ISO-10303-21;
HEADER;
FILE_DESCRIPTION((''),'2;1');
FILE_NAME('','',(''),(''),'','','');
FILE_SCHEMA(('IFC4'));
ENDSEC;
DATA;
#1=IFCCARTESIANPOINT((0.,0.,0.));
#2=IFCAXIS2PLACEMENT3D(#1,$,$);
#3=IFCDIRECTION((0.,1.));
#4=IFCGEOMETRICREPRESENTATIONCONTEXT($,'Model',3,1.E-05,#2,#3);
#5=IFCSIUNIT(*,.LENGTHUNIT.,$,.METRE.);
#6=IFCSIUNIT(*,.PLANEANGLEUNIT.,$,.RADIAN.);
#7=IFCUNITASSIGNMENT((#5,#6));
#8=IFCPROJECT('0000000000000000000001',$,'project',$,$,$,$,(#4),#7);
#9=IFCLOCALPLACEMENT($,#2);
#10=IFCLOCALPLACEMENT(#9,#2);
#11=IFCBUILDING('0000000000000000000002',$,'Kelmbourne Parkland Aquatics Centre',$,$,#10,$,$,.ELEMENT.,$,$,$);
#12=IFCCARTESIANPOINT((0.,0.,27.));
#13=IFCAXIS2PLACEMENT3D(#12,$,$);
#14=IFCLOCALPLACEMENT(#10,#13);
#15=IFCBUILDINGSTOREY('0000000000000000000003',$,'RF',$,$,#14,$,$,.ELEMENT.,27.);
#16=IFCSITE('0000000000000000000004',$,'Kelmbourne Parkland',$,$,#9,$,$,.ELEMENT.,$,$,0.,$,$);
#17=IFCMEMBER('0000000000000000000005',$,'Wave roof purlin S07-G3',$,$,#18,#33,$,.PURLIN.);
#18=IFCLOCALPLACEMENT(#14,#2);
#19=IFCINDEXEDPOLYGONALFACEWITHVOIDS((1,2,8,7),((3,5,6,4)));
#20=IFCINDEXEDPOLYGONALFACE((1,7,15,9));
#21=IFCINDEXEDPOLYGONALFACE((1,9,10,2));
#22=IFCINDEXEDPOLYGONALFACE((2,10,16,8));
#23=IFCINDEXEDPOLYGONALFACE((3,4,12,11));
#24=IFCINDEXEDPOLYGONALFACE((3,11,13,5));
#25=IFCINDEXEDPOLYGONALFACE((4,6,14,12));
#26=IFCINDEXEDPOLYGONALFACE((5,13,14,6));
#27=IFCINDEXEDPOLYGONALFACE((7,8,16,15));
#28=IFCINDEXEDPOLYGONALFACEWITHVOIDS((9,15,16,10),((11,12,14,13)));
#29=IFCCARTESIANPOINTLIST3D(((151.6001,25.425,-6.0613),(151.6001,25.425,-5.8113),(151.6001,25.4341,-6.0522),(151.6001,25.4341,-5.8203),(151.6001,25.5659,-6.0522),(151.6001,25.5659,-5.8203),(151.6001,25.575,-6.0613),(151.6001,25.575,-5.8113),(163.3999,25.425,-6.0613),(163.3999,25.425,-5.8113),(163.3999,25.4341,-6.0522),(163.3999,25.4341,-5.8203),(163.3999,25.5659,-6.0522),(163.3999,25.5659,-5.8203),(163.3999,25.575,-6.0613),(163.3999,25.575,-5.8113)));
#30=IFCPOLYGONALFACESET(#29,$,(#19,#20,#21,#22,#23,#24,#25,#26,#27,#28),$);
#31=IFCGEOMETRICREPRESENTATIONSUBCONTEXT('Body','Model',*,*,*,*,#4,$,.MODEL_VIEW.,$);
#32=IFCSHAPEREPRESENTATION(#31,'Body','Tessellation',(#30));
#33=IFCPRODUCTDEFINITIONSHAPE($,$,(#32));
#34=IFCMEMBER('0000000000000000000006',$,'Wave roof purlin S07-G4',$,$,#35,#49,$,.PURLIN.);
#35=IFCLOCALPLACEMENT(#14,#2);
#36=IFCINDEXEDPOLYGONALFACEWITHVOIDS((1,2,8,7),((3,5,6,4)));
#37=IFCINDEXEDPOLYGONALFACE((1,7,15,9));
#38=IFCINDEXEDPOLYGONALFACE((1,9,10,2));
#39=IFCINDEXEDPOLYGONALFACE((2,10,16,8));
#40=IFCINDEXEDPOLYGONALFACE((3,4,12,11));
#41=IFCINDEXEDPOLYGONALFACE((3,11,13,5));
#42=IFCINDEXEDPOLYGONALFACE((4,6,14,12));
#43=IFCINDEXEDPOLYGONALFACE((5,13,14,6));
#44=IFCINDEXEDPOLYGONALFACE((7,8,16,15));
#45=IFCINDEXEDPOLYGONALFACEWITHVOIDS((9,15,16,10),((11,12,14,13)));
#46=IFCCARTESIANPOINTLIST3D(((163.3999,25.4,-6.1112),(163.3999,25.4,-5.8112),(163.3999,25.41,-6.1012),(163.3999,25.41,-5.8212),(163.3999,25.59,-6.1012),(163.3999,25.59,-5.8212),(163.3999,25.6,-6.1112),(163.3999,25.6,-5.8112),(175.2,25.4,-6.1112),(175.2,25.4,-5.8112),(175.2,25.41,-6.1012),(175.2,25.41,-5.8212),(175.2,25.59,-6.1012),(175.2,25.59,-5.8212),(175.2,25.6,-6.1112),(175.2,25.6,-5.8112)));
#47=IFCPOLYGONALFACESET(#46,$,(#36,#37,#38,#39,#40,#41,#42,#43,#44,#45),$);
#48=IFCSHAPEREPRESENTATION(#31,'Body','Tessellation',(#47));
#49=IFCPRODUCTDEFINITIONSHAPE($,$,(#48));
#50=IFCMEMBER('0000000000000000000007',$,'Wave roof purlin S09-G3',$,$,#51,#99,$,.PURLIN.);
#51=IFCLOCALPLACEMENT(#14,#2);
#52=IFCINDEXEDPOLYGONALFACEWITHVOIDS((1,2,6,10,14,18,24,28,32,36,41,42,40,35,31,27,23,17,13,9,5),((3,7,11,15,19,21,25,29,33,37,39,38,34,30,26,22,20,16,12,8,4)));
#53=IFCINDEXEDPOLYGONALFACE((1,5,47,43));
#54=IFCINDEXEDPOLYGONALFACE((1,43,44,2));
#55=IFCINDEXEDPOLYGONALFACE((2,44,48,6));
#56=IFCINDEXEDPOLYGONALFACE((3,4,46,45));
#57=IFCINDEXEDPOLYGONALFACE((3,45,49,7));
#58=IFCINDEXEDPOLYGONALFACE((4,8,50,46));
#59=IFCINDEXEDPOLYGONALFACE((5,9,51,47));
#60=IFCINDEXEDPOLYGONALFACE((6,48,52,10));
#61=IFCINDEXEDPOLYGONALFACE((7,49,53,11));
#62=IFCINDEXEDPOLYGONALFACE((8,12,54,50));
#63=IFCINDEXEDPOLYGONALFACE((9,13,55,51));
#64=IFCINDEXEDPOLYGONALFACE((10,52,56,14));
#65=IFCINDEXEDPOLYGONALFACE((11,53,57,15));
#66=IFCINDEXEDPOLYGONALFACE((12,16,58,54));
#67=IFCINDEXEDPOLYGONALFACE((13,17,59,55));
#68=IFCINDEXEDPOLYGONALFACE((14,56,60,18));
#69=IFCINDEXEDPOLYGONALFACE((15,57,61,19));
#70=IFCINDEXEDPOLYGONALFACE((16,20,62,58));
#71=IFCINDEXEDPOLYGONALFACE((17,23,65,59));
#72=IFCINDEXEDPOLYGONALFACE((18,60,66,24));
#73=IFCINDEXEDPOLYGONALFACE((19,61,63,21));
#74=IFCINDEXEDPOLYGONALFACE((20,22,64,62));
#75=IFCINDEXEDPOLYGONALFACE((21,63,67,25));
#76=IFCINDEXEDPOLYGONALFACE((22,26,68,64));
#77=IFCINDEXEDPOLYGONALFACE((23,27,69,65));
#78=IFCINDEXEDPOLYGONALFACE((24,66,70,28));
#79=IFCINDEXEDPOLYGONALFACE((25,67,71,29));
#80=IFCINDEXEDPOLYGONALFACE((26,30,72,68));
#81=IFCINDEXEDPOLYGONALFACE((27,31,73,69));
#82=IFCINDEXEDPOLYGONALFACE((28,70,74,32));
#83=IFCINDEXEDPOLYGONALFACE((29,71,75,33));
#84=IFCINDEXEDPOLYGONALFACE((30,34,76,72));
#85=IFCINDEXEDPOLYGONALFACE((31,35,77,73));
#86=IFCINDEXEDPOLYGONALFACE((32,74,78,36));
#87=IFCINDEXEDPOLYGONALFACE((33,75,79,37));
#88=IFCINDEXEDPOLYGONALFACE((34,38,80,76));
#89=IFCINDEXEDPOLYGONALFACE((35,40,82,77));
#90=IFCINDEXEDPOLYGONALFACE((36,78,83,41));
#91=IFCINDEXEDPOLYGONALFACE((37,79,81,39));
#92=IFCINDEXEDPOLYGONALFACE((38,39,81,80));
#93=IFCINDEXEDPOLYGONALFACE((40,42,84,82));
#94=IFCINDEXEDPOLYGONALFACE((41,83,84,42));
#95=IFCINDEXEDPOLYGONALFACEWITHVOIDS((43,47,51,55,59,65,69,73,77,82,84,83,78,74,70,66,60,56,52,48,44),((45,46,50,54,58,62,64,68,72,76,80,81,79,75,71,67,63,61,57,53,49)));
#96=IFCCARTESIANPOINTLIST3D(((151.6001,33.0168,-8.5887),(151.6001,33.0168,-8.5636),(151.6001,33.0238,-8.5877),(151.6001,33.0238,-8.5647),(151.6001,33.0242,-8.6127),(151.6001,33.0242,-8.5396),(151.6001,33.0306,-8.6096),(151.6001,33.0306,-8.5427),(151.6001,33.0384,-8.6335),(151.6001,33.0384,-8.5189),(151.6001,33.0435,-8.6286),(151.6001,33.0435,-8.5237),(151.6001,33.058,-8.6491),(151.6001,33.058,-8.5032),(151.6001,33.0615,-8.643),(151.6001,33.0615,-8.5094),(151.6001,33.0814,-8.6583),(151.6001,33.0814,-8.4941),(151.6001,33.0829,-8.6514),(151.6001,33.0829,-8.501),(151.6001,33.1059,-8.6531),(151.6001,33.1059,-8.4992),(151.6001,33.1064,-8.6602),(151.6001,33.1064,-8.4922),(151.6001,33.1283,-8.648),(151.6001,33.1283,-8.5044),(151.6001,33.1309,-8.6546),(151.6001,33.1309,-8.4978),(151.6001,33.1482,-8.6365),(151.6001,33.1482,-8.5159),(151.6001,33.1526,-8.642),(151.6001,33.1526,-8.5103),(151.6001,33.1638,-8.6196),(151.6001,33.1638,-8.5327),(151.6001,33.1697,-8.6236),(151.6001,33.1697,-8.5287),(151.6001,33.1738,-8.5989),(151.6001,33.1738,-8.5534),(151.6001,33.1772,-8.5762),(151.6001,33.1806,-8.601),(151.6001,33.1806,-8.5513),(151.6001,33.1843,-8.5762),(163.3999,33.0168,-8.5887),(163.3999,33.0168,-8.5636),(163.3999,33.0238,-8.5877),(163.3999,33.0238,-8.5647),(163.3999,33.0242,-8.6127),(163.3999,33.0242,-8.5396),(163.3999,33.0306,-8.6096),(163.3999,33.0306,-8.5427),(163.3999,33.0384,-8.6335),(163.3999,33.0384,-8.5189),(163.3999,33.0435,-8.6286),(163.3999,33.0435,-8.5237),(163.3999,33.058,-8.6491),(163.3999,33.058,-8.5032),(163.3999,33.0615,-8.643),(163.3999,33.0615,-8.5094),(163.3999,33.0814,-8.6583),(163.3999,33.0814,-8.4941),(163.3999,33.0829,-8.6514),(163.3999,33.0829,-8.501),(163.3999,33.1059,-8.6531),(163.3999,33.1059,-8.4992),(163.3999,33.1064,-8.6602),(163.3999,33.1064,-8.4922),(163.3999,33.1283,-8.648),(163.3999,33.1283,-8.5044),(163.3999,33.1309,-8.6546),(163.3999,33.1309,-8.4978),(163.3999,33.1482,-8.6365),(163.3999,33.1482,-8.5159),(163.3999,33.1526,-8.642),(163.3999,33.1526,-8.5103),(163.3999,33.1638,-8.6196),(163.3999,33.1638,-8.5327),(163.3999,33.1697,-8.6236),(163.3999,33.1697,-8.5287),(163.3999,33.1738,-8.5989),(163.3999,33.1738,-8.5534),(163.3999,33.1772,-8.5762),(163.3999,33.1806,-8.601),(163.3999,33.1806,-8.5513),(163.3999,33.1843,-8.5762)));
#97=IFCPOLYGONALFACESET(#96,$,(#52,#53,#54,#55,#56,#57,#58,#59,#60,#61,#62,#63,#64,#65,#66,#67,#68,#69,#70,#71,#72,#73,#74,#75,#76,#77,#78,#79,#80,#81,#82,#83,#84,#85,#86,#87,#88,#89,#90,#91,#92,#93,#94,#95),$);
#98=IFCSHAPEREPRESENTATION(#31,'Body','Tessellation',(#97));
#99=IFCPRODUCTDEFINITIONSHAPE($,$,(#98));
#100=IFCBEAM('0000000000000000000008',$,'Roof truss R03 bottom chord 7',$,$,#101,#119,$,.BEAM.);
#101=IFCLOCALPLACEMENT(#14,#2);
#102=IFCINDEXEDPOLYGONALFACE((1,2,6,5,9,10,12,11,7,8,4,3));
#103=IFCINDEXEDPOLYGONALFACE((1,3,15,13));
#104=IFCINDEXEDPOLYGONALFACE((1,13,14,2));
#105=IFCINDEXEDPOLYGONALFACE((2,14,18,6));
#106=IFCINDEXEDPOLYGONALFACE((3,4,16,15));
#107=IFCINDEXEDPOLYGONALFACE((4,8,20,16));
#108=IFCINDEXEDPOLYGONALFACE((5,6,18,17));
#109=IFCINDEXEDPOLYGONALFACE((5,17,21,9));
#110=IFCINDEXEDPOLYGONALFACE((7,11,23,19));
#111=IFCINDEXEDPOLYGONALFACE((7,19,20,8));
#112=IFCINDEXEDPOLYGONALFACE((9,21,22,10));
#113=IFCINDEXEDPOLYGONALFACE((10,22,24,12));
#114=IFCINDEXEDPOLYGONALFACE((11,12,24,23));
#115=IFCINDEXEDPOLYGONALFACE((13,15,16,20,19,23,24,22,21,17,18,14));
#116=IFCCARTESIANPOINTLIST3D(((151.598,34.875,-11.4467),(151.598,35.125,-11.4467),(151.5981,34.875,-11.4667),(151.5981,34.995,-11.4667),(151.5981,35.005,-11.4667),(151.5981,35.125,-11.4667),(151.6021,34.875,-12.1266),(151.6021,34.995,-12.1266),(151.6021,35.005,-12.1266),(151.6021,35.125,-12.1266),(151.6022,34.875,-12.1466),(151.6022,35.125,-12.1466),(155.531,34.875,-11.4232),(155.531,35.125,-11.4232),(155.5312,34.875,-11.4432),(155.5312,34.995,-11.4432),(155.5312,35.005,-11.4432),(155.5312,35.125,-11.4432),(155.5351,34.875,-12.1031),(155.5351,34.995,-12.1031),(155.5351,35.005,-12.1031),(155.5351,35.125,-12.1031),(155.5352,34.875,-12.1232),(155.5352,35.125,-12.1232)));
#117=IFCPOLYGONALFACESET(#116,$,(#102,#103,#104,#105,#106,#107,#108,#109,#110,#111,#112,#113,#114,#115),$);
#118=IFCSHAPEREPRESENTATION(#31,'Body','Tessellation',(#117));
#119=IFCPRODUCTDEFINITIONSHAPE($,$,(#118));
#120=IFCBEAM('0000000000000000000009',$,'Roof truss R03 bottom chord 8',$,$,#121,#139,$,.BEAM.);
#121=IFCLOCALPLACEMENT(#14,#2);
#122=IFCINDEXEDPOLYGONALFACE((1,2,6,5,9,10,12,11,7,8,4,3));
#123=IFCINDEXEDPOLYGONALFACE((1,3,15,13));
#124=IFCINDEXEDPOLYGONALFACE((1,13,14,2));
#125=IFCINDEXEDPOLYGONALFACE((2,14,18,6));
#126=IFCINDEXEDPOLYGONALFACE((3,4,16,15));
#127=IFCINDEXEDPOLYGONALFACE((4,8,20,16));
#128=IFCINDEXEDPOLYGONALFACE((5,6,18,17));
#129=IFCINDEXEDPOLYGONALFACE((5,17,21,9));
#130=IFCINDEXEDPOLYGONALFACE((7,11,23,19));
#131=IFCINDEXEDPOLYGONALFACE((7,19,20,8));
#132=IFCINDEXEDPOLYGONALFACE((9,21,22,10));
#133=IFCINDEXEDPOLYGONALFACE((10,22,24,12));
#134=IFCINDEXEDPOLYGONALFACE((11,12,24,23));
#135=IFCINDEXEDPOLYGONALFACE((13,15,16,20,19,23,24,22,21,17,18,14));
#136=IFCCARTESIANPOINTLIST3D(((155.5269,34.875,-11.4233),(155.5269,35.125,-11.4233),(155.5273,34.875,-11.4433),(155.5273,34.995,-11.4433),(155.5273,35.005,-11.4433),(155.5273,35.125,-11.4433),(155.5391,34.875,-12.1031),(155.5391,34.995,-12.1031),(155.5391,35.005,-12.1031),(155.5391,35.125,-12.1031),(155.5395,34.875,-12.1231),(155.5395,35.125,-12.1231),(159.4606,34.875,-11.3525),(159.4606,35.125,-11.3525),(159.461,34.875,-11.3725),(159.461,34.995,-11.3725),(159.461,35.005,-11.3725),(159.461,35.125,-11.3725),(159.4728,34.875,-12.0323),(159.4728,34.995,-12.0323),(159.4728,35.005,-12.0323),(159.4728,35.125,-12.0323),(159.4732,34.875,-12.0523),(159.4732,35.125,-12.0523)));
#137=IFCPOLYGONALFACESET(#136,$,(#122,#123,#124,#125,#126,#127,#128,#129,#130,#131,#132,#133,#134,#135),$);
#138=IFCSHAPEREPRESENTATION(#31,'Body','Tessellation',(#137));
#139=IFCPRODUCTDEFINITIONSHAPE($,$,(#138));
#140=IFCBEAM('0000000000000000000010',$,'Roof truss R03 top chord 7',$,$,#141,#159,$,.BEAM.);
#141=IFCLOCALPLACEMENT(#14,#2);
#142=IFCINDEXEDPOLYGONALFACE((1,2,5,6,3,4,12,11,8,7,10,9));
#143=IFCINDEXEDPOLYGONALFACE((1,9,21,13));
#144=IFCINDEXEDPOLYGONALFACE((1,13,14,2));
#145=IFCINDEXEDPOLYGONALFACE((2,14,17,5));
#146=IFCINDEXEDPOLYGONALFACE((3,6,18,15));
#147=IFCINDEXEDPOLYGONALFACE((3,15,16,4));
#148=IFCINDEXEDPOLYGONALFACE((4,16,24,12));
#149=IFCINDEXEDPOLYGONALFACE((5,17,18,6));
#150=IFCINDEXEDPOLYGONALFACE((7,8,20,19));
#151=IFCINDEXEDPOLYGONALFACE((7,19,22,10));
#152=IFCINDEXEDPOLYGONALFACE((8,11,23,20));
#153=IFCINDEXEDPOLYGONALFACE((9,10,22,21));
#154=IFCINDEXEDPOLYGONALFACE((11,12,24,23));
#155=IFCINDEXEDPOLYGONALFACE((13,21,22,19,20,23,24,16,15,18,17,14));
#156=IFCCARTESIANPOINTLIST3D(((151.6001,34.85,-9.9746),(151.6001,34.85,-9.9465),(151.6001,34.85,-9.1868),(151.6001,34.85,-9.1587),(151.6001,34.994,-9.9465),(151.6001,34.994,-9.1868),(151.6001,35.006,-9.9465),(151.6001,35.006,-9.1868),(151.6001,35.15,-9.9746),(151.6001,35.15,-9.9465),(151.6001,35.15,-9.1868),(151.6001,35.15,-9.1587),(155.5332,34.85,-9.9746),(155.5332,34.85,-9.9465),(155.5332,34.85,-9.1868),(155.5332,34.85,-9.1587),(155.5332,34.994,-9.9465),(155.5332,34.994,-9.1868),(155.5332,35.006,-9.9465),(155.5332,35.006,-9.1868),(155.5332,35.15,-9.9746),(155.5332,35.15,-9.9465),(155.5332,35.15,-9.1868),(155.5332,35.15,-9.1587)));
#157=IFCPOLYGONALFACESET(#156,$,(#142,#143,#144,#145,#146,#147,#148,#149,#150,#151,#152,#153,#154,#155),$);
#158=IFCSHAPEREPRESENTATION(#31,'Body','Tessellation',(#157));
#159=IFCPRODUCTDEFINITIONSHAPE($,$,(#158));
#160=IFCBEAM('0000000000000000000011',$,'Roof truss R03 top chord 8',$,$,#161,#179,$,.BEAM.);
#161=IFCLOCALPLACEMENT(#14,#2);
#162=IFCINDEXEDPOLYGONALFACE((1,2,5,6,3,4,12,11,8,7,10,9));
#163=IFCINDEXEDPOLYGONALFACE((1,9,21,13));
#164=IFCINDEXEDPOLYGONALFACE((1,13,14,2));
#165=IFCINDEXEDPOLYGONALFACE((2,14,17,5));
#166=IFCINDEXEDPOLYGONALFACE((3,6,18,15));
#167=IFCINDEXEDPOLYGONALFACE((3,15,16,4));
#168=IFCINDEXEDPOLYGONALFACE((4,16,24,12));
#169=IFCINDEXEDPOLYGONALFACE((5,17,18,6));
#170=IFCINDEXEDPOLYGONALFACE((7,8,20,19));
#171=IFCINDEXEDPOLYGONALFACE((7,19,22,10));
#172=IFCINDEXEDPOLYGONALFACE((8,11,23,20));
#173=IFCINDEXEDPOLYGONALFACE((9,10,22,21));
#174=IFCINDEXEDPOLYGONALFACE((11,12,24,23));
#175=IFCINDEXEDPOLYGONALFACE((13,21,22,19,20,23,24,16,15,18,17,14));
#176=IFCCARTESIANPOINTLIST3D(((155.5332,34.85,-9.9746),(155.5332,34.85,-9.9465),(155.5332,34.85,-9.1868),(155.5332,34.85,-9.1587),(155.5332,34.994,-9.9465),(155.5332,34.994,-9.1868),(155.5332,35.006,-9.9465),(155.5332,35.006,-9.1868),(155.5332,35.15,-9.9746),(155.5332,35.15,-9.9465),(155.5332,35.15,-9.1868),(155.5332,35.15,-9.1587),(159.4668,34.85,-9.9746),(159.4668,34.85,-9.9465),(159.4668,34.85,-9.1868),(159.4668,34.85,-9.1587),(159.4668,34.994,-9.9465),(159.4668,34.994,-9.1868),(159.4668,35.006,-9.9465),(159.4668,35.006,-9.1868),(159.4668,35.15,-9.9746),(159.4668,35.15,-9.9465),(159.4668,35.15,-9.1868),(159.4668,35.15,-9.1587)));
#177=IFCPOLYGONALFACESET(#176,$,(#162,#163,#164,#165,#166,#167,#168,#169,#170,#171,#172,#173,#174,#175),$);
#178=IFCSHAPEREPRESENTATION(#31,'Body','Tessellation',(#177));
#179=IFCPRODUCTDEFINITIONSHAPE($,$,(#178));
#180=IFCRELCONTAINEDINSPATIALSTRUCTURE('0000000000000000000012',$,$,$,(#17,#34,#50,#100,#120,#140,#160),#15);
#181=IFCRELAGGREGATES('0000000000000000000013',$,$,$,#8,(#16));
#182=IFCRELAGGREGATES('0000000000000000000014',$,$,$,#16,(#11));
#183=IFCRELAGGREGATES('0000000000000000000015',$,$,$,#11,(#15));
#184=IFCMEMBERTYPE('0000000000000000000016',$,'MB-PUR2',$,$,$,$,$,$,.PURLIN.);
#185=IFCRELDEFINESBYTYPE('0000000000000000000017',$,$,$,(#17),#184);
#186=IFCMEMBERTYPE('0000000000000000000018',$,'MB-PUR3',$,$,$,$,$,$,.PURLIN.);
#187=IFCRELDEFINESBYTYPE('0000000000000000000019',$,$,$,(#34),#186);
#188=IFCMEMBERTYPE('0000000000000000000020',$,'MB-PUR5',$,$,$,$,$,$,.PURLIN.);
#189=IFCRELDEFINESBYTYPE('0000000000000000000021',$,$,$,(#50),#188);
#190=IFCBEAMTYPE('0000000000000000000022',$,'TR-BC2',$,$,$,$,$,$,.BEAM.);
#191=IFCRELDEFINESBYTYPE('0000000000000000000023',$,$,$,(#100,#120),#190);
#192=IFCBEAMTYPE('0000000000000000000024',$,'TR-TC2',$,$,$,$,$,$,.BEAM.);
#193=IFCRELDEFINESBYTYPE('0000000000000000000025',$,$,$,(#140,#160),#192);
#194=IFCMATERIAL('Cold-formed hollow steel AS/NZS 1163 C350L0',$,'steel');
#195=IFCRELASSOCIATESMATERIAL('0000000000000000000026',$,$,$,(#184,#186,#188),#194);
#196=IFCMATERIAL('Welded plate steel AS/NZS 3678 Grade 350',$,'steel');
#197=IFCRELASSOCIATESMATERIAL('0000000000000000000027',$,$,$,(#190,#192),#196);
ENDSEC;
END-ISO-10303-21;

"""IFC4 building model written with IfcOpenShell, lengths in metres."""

from ifc_helpers import new_model, si_unit, direction, frame, origin, origin_2d, place, context, subcontext, project, spatial, hollow_rectangle, hollow_circle, i_section, extrude, material, material_profile, profile_set, type_object, element, save


model = new_model("IFC4")

# Units and contexts
model_context = context("Model", 3, precision=1e-05, world=origin(), true_north=direction((0.0, 1.0)))
body_context = subcontext(model_context, "Body", "Model", "MODEL_VIEW")
ifc_project = project(units=[si_unit("LENGTHUNIT", "METRE"), si_unit("PLANEANGLEUNIT", "RADIAN")], contexts=[model_context])

# Site, building, storey
site_placement = place(None, origin())
site = spatial("IfcSite", under=ifc_project, at=site_placement, Name="Kelmbourne Parkland", CompositionType="ELEMENT", RefElevation=0.0)
building_placement = place(site_placement, origin())
building = spatial("IfcBuilding", under=site, at=building_placement, Name="Kelmbourne Parkland Aquatics Centre", CompositionType="ELEMENT")
storey_placement = place(building_placement, frame((0.0, 0.0, 27.0)))
storey = spatial("IfcBuildingStorey", under=building, at=storey_placement, Name="RF", CompositionType="ELEMENT", Elevation=27.0)

# Members
ifc_material_1 = material(Name="Cold-formed hollow steel AS/NZS 1163 C350L0", Category="steel")
ifc_material_profile_1 = material_profile(ifc_material_1, hollow_rectangle(XDim=0.1499, YDim=0.25, WallThickness=0.009, at=origin_2d()), Name="RHS 250x150x9.0")
ifc_profile_set_1 = profile_set([ifc_material_profile_1], Name="Cold-formed hollow steel AS/NZS 1163 C350L0")
member_type_1 = type_object("IfcMemberType", Name="MB-PUR2", PredefinedType="PURLIN", material=ifc_profile_set_1)
member_1_placement = place(storey_placement, frame((151.6001, 25.5, -5.9363), z_axis=(1.0, 0.0, 0.0), x_axis=(0.0, 1.0, 0.0)))
element("IfcMember", 1, at=member_1_placement, inside=storey, type_object=member_type_1, Name="Wave roof purlin S07-G3", PredefinedType="PURLIN", context=body_context, shape_type="SweptSolid", body=[
    extrude(hollow_rectangle(XDim=0.1499, YDim=0.25, WallThickness=0.009, at=origin_2d()), origin(), (0.0, 0.0, 1.0), 11.7998),
])
ifc_material_profile_2 = material_profile(ifc_material_1, hollow_rectangle(XDim=0.2, YDim=0.3, WallThickness=0.01, at=origin_2d()), Name="RHS 300x200x10.0")
ifc_profile_set_2 = profile_set([ifc_material_profile_2], Name="Cold-formed hollow steel AS/NZS 1163 C350L0")
member_type_2 = type_object("IfcMemberType", Name="MB-PUR3", PredefinedType="PURLIN", material=ifc_profile_set_2)
member_2_placement = place(storey_placement, frame((163.3999, 25.5, -5.9612), z_axis=(1.0, 0.0, 0.0), x_axis=(0.0, 1.0, 0.0)))
element("IfcMember", 2, at=member_2_placement, inside=storey, type_object=member_type_2, Name="Wave roof purlin S07-G4", PredefinedType="PURLIN", context=body_context, shape_type="SweptSolid", body=[
    extrude(hollow_rectangle(XDim=0.2, YDim=0.3, WallThickness=0.01, at=origin_2d()), origin(), (0.0, 0.0, 1.0), 11.8),
])
ifc_material_profile_3 = material_profile(ifc_material_1, hollow_circle(Radius=0.0842, WallThickness=0.0071, at=origin_2d()), Name="CHS 168.3x7.1")
ifc_profile_set_3 = profile_set([ifc_material_profile_3], Name="Cold-formed hollow steel AS/NZS 1163 C350L0")
member_type_3 = type_object("IfcMemberType", Name="MB-PUR5", PredefinedType="PURLIN", material=ifc_profile_set_3)
member_3_placement = place(storey_placement, frame((151.6001, 33.1001, -8.5762), z_axis=(1.0, 0.0, 0.0), x_axis=(0.0, 1.0, 0.0)))
element("IfcMember", 3, at=member_3_placement, inside=storey, type_object=member_type_3, Name="Wave roof purlin S09-G3", PredefinedType="PURLIN", context=body_context, shape_type="SweptSolid", body=[
    extrude(hollow_circle(Radius=0.0842, WallThickness=0.0071, at=origin_2d()), origin(), (0.0, 0.0, 1.0), 11.7998),
])

# Beams
ifc_material_2 = material(Name="Welded plate steel AS/NZS 3678 Grade 350", Category="steel")
ifc_material_profile_4 = material_profile(ifc_material_2, i_section(OverallWidth=0.25, OverallDepth=0.7, WebThickness=0.01, FlangeThickness=0.02, at=origin_2d()), Name="700WB130")
ifc_profile_set_4 = profile_set([ifc_material_profile_4], Name="Welded plate steel AS/NZS 3678 Grade 350")
beam_type_1 = type_object("IfcBeamType", Name="TR-BC2", PredefinedType="BEAM", material=ifc_profile_set_4)
beam_1_placement = place(storey_placement, frame((151.6001, 35.0, -11.7966), z_axis=(0.999982, 0.0, 0.005959), x_axis=(0.0, 1.0, 0.0)))
element("IfcBeam", 4, at=beam_1_placement, inside=storey, type_object=beam_type_1, Name="Roof truss R03 bottom chord 7", PredefinedType="BEAM", context=body_context, shape_type="SweptSolid", body=[
    extrude(i_section(OverallWidth=0.25, OverallDepth=0.7, WebThickness=0.01, FlangeThickness=0.02, at=origin_2d()), origin(), (0.0, 0.0, 1.0), 3.9331),
])
beam_2_placement = place(storey_placement, frame((155.5332, 35.0, -11.7732), z_axis=(0.999838, 0.0, 0.017996), x_axis=(0.0, 1.0, 0.0)))
element("IfcBeam", 5, at=beam_2_placement, inside=storey, type_object=beam_type_1, Name="Roof truss R03 bottom chord 8", PredefinedType="BEAM", context=body_context, shape_type="SweptSolid", body=[
    extrude(i_section(OverallWidth=0.25, OverallDepth=0.7, WebThickness=0.01, FlangeThickness=0.02, at=origin_2d()), origin(), (0.0, 0.0, 1.0), 3.9343),
])
ifc_material_profile_5 = material_profile(ifc_material_2, i_section(OverallWidth=0.3, OverallDepth=0.8159, WebThickness=0.012, FlangeThickness=0.0281, at=origin_2d()), Name="800WB192")
ifc_profile_set_5 = profile_set([ifc_material_profile_5], Name="Welded plate steel AS/NZS 3678 Grade 350")
beam_type_2 = type_object("IfcBeamType", Name="TR-TC2", PredefinedType="BEAM", material=ifc_profile_set_5)
beam_3_placement = place(storey_placement, frame((151.6001, 35.0, -9.5667), z_axis=(1.0, 0.0, 0.0), x_axis=(0.0, 1.0, 0.0)))
element("IfcBeam", 6, at=beam_3_placement, inside=storey, type_object=beam_type_2, Name="Roof truss R03 top chord 7", PredefinedType="BEAM", context=body_context, shape_type="SweptSolid", body=[
    extrude(i_section(OverallWidth=0.3, OverallDepth=0.8159, WebThickness=0.012, FlangeThickness=0.0281, at=origin_2d()), origin(), (0.0, 0.0, 1.0), 3.9331),
])
beam_4_placement = place(storey_placement, frame((155.5332, 35.0, -9.5667), z_axis=(1.0, 0.0, 0.0), x_axis=(0.0, 1.0, 0.0)))
element("IfcBeam", 7, at=beam_4_placement, inside=storey, type_object=beam_type_2, Name="Roof truss R03 top chord 8", PredefinedType="BEAM", context=body_context, shape_type="SweptSolid", body=[
    extrude(i_section(OverallWidth=0.3, OverallDepth=0.8159, WebThickness=0.012, FlangeThickness=0.0281, at=origin_2d()), origin(), (0.0, 0.0, 1.0), 3.9336),
])

save(model, "model.ifc")
